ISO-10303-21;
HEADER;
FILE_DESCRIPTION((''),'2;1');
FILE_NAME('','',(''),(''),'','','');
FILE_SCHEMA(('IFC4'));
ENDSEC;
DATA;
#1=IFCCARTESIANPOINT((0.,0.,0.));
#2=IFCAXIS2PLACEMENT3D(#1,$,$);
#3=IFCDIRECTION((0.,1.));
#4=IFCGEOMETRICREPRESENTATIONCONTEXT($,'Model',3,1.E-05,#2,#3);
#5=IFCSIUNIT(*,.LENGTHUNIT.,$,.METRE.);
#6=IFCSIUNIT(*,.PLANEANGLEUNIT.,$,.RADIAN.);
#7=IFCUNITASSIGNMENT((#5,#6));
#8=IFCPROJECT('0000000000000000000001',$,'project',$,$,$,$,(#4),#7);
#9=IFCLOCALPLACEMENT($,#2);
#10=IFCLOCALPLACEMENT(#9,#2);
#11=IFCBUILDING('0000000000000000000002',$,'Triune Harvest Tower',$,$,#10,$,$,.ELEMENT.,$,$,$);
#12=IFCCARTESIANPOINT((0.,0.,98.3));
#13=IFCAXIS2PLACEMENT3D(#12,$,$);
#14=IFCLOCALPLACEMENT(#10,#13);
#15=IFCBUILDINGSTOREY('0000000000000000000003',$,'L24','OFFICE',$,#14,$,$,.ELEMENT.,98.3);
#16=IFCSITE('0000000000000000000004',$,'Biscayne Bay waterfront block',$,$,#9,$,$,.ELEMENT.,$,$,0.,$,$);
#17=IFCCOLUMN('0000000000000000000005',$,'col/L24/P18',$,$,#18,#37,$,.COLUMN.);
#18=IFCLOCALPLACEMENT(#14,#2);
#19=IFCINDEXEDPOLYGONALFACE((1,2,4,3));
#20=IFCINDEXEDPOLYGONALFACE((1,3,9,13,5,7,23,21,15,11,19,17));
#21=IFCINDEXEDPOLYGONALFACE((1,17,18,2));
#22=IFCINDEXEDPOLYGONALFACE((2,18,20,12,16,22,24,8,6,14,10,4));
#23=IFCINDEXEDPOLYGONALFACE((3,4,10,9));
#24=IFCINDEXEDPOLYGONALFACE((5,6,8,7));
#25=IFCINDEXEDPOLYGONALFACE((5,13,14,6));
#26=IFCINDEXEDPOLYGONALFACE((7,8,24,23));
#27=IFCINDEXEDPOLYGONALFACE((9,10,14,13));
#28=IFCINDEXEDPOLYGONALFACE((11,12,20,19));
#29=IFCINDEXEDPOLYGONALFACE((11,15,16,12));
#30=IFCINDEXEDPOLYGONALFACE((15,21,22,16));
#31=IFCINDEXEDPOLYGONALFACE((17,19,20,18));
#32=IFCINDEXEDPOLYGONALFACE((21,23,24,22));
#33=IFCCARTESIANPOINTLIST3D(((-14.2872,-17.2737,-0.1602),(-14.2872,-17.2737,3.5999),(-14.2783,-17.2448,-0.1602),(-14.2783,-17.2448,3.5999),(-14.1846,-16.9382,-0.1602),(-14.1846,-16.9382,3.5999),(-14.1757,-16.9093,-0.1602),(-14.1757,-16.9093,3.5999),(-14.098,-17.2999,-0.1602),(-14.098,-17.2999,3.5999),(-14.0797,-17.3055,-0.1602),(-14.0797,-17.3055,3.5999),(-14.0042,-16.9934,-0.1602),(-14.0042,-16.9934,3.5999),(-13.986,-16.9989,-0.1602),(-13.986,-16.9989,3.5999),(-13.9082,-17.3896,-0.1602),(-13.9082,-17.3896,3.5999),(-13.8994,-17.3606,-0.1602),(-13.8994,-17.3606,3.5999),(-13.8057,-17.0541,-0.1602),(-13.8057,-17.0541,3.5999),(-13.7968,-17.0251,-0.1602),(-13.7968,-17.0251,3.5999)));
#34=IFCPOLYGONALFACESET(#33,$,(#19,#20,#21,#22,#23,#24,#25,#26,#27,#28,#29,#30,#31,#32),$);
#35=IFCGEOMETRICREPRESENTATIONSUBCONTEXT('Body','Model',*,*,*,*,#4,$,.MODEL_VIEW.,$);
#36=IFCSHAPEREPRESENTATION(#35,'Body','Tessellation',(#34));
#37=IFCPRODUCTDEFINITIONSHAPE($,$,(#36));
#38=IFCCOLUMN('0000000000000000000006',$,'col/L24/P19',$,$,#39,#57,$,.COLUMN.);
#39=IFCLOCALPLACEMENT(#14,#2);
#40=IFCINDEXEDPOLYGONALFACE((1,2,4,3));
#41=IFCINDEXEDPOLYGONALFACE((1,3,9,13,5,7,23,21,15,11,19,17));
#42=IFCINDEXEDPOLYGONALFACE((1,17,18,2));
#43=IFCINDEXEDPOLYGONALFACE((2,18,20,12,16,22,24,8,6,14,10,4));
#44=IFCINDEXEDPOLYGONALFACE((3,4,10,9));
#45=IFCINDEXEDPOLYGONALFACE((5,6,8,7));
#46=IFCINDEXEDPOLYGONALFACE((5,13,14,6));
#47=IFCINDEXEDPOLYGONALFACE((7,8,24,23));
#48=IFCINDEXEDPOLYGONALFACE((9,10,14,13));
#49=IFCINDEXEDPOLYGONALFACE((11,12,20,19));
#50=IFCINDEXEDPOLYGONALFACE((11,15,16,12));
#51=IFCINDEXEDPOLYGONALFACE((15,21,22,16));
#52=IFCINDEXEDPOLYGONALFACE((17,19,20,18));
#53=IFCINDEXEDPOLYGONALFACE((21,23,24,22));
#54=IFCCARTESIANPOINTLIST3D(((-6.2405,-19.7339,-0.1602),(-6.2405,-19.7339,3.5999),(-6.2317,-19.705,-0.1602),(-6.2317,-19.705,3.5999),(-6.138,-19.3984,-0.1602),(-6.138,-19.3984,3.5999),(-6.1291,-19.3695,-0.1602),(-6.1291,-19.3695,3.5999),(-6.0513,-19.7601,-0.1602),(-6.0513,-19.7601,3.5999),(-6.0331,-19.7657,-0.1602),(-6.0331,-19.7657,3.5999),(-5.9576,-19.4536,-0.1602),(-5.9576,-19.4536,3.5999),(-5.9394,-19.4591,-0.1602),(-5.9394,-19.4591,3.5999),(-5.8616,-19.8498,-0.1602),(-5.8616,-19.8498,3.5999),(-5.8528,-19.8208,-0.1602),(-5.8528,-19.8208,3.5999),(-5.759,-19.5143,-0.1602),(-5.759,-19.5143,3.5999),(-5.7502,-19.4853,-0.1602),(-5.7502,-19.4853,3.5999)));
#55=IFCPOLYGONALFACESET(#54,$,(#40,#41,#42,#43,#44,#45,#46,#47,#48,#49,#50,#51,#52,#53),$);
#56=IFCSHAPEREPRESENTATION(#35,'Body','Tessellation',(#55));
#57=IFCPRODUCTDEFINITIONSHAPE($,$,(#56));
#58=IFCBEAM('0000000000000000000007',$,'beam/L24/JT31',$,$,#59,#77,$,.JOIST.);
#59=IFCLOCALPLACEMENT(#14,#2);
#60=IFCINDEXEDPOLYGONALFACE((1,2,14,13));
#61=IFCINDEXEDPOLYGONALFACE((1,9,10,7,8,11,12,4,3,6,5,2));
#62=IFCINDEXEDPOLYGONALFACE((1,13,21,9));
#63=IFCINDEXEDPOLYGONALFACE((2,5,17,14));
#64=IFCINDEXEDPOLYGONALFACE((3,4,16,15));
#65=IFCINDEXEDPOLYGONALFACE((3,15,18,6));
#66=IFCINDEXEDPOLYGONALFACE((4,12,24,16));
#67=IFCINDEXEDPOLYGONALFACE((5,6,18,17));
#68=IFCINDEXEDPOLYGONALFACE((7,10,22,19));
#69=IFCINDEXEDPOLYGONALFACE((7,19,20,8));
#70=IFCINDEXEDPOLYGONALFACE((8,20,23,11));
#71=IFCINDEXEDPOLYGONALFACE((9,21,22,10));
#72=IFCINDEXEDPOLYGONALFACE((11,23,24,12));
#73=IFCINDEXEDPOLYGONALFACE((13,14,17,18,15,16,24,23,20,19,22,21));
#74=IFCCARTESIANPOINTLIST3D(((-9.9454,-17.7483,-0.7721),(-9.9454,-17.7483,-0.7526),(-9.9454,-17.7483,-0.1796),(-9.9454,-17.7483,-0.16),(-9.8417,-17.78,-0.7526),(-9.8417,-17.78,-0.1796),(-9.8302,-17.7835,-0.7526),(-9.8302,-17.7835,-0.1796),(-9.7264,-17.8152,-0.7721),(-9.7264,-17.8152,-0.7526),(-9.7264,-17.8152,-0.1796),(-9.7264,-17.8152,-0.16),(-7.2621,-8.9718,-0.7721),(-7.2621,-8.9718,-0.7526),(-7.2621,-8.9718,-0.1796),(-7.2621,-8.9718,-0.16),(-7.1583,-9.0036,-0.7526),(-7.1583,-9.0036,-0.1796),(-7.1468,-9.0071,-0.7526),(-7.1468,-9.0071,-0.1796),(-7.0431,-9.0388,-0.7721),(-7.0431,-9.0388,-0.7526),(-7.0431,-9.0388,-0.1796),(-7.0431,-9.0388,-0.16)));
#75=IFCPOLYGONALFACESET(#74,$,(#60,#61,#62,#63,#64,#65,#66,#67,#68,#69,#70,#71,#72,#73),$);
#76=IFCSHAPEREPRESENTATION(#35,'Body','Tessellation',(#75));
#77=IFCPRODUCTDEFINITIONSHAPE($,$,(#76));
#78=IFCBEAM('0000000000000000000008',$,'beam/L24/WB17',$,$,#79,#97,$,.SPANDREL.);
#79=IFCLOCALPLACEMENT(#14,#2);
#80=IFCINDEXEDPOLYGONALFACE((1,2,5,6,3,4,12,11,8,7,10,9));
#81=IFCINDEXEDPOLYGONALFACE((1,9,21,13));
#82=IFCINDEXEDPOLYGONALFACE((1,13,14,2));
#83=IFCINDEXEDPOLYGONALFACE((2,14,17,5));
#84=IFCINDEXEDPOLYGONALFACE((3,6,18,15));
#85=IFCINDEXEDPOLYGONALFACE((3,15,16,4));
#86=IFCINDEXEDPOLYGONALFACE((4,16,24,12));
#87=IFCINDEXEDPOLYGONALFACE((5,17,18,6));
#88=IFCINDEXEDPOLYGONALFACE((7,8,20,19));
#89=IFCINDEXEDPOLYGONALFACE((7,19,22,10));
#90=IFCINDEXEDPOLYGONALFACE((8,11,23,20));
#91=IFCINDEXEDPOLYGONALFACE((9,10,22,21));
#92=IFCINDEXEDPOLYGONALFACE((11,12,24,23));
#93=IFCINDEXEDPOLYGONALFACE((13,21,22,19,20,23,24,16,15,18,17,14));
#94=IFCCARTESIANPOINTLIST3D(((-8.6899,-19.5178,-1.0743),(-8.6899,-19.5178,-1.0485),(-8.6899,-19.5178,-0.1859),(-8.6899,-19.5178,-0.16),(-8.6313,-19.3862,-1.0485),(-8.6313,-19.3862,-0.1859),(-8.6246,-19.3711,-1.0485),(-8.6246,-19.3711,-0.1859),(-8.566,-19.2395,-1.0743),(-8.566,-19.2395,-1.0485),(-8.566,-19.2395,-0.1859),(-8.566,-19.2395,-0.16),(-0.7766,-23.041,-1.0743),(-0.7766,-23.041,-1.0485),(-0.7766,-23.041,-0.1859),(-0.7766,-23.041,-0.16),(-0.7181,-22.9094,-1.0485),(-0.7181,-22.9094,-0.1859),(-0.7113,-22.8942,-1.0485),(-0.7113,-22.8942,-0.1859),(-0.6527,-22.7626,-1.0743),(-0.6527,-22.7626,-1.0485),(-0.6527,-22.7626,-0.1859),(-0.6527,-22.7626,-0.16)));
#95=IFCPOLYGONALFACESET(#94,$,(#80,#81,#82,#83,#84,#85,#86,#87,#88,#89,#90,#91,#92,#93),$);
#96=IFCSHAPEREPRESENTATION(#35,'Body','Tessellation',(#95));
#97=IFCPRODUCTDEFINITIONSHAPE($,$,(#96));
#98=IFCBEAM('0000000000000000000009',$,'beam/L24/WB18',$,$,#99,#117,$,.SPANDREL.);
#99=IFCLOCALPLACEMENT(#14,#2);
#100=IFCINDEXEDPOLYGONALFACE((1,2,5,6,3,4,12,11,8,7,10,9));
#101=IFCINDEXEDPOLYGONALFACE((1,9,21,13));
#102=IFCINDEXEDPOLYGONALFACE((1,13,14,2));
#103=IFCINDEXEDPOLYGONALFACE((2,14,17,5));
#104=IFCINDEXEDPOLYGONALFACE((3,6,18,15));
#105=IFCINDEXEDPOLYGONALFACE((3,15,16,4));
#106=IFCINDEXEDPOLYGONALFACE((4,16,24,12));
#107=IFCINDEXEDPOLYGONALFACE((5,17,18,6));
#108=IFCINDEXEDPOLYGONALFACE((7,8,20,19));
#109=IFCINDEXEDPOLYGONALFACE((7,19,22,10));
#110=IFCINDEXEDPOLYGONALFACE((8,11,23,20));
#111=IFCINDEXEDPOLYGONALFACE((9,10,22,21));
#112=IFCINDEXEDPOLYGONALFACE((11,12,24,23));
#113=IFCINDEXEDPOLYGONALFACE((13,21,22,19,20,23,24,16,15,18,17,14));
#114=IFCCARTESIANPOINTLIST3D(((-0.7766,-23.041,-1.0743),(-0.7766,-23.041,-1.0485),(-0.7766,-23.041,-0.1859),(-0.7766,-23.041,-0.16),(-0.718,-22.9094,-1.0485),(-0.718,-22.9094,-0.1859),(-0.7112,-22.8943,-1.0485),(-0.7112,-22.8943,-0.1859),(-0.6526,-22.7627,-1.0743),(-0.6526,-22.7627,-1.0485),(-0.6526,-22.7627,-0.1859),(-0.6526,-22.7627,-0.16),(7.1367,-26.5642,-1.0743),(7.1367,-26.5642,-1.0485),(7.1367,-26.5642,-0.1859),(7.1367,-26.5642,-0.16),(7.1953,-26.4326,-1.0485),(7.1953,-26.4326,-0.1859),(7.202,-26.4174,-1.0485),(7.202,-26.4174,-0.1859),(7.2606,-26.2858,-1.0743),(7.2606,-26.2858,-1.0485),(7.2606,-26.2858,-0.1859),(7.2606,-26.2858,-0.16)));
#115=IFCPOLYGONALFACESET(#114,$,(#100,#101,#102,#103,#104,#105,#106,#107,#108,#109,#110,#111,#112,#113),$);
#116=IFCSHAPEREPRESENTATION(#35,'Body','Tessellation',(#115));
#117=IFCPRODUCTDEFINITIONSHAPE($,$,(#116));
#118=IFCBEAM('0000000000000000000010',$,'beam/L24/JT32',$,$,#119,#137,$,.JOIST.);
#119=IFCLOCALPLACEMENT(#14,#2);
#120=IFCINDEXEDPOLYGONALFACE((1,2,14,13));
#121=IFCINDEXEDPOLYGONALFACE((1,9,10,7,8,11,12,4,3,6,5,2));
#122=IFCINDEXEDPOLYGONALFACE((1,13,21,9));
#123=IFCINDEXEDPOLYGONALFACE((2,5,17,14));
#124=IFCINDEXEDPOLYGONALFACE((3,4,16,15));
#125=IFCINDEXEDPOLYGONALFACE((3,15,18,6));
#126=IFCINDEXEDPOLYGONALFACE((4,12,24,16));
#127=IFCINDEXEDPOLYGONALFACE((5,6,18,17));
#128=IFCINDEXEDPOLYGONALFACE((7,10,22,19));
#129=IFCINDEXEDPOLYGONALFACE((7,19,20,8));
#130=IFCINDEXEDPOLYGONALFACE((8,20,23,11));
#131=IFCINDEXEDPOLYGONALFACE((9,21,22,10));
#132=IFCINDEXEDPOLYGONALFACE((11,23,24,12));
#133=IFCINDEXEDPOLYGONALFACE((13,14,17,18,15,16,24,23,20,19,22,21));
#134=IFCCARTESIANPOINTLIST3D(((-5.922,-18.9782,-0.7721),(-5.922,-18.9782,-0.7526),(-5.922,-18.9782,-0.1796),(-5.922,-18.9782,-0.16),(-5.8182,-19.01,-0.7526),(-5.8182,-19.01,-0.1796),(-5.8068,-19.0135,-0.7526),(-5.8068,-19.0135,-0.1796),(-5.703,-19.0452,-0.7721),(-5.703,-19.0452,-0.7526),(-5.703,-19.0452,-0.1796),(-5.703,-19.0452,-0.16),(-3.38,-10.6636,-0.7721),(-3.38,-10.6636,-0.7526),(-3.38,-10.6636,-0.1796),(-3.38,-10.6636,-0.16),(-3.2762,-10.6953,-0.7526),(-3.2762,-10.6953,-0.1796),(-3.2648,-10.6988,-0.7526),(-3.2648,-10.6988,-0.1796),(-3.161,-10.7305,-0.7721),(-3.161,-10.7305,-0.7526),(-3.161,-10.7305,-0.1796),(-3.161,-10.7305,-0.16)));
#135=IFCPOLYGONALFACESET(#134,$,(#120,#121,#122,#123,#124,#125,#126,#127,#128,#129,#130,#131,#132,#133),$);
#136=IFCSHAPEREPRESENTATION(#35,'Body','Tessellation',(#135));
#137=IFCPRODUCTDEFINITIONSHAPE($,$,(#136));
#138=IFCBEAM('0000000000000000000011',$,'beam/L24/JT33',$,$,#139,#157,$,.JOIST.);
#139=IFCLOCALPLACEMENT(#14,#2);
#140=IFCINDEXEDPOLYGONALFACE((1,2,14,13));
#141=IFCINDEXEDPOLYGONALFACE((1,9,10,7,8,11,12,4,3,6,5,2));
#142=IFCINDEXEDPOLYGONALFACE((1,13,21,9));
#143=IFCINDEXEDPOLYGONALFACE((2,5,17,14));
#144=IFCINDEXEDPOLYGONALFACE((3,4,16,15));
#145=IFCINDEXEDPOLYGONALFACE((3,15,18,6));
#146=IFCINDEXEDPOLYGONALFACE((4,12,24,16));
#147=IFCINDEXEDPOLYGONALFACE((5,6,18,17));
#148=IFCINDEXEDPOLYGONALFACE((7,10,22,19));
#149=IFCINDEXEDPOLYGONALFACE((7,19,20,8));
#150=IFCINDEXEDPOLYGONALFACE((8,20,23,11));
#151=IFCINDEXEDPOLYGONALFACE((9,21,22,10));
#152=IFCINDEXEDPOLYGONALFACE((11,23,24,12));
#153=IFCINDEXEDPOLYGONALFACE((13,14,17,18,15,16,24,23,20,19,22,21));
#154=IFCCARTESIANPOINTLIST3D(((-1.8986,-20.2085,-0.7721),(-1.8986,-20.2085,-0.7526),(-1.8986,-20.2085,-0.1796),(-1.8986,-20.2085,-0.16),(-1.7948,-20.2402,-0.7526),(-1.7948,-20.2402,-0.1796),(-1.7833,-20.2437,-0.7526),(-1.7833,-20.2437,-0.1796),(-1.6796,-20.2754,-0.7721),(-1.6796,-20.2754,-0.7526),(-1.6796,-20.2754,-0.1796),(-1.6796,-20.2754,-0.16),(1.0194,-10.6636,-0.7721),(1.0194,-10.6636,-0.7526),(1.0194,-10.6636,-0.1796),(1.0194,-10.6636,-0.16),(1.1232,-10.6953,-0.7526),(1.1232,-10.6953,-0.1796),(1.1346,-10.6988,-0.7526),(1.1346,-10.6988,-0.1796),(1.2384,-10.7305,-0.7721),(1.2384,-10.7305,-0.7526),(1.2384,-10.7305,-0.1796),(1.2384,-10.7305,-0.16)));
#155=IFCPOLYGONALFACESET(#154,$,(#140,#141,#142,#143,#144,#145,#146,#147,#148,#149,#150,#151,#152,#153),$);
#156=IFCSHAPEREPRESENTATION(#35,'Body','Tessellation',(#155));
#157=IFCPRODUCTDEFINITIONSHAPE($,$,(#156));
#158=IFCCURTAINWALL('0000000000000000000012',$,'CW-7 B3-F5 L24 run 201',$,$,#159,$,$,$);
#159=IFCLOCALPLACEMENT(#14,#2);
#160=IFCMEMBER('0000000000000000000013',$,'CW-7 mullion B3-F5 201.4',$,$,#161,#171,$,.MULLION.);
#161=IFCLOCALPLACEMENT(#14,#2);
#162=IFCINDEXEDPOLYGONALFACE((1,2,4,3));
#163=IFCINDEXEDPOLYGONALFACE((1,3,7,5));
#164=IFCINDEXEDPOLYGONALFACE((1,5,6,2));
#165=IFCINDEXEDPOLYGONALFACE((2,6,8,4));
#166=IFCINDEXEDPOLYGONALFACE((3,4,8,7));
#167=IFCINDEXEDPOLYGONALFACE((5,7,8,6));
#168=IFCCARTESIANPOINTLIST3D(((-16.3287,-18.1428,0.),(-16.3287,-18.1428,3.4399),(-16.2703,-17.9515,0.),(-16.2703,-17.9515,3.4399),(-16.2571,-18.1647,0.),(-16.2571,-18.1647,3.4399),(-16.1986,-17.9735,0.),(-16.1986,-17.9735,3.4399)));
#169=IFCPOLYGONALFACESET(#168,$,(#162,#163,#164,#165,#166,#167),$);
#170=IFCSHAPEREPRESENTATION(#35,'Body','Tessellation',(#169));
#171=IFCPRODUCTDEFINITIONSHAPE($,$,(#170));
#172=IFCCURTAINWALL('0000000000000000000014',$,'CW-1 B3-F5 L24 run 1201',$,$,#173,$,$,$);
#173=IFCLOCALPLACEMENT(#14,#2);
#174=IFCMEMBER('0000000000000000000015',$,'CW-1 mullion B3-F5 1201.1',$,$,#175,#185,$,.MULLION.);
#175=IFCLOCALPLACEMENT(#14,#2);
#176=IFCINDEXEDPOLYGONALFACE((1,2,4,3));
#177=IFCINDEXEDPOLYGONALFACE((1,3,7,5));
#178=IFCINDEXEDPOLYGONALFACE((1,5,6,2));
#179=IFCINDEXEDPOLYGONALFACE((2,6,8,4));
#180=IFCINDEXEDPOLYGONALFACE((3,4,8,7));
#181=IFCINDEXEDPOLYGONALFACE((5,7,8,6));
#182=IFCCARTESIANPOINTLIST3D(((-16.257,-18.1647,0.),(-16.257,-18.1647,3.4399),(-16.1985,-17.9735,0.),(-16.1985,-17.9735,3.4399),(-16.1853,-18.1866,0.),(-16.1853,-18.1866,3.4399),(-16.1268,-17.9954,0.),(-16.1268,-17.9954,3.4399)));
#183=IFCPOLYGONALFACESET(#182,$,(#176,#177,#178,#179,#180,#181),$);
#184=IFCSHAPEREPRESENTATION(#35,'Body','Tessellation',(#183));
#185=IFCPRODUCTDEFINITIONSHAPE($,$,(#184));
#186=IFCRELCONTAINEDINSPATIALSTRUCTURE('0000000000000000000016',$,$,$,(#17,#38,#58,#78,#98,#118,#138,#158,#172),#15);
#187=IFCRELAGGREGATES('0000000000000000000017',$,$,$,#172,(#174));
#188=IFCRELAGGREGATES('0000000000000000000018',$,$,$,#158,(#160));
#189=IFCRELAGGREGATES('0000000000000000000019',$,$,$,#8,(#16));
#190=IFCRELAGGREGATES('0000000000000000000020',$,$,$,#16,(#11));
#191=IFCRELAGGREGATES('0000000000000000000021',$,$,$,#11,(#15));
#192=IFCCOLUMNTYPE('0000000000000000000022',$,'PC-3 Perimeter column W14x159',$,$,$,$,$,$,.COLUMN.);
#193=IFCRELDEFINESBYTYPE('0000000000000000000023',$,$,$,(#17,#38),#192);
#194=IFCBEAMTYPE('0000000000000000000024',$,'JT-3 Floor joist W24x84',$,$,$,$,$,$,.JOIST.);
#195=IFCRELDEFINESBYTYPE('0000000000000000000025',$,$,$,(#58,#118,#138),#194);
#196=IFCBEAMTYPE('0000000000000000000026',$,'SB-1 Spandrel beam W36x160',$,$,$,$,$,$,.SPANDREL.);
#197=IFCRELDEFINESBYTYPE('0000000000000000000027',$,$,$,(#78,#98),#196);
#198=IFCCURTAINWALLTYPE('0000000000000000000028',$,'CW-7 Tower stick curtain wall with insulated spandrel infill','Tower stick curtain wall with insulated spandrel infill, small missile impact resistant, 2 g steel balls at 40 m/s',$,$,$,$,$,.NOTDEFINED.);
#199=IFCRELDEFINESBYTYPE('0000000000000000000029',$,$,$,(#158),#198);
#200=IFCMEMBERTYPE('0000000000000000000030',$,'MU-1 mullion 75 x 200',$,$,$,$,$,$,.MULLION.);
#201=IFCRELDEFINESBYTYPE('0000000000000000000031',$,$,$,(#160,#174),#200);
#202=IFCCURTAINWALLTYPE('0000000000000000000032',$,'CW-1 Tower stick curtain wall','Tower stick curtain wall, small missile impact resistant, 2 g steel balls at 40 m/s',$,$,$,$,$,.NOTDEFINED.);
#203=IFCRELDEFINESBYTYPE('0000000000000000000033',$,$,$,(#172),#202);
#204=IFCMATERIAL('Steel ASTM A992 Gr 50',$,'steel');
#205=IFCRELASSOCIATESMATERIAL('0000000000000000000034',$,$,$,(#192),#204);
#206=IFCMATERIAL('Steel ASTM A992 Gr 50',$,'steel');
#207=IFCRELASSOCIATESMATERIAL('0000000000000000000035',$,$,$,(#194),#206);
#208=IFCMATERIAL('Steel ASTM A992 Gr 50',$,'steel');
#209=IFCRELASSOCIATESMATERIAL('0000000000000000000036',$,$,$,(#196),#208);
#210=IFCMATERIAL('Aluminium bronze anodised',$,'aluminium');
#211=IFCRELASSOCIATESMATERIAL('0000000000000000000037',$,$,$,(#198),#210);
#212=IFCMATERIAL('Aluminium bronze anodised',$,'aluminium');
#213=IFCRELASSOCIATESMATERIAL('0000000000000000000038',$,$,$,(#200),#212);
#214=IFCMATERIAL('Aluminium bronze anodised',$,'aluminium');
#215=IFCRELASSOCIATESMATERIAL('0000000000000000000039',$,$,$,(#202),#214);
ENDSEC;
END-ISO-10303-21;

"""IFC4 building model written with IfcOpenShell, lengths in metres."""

from ifc_helpers import new_model, si_unit, direction, frame, origin, origin_2d, place, context, subcontext, project, spatial, rectangle, i_section, extrude, source, transform, mapped, material, material_profile, profile_set, type_object, element, aggregate, save


model = new_model("IFC4")

# Units and contexts
model_context = context("Model", 3, precision=1e-05, world=origin(), true_north=direction((0.0, 1.0)))
body_context = subcontext(model_context, "Body", "Model", "MODEL_VIEW")
ifc_project = project(units=[si_unit("LENGTHUNIT", "METRE"), si_unit("PLANEANGLEUNIT", "RADIAN")], contexts=[model_context])

# Site, building, storey
site_placement = place(None, origin())
site = spatial("IfcSite", under=ifc_project, at=site_placement, Name="Biscayne Bay waterfront block", CompositionType="ELEMENT", RefElevation=0.0)
building_placement = place(site_placement, origin())
building = spatial("IfcBuilding", under=site, at=building_placement, Name="Triune Harvest Tower", CompositionType="ELEMENT")
storey_placement = place(building_placement, frame((0.0, 0.0, 98.3)))
storey = spatial("IfcBuildingStorey", under=building, at=storey_placement, Name="L24", Description="OFFICE", CompositionType="ELEMENT", Elevation=98.3)

# Columns
ifc_material_1 = material(Name="Steel ASTM A992 Gr 50", Category="steel")
ifc_material_profile_1 = material_profile(ifc_material_1, i_section(OverallWidth=0.3962, OverallDepth=0.3811, WebThickness=0.019, FlangeThickness=0.0303, at=origin_2d()), Name="W14x159")
ifc_profile_set_1 = profile_set([ifc_material_profile_1], Name="Steel ASTM A992 Gr 50")
column_type = type_object("IfcColumnType", Name="PC-3 Perimeter column W14x159", PredefinedType="COLUMN", material=ifc_profile_set_1)
shared_shape_1 = source(origin(), body_context, "Body", "SweptSolid", [
    extrude(i_section(OverallWidth=0.3962, OverallDepth=0.3811, WebThickness=0.019, FlangeThickness=0.0303, at=origin_2d()), origin(), (0.0, 0.0, 1.0), 3.76),
])
for number, where, z_axis, x_axis, name in (
    (1, (-14.042, -17.1494, -0.1602), (0.0, 0.0, 1.0), (0.956305, -0.292372, 0.0), "col/L24/P18"),
    (2, (-5.9954, -19.6096, -0.1602), (0.0, 0.0, 1.0), (0.956305, -0.292372, 0.0), "col/L24/P19"),
):
    element("IfcColumn", number, at=place(storey_placement, frame(where, z_axis=z_axis, x_axis=x_axis)), inside=storey, type_object=column_type, Name=name, PredefinedType="COLUMN", context=body_context, shape_type="MappedRepresentation", body=[
        mapped(shared_shape_1, transform((0.0, 0.0, 0.0), scale=1.0)),
    ])

# Beams
ifc_material_2 = material(Name="Steel ASTM A992 Gr 50", Category="steel")
ifc_material_profile_2 = material_profile(ifc_material_2, i_section(OverallWidth=0.229, OverallDepth=0.6121, WebThickness=0.012, FlangeThickness=0.0195, at=origin_2d()), Name="W24x84")
ifc_profile_set_2 = profile_set([ifc_material_profile_2], Name="Steel ASTM A992 Gr 50")
beam_type_1 = type_object("IfcBeamType", Name="JT-3 Floor joist W24x84", PredefinedType="JOIST", material=ifc_profile_set_2)
beam_1_placement = place(storey_placement, frame((-9.8359, -17.7817, -0.4661), z_axis=(0.292386, 0.9563, 0.0), x_axis=(-0.9563, 0.292386, 0.0)))
element("IfcBeam", 3, at=beam_1_placement, inside=storey, type_object=beam_type_1, Name="beam/L24/JT31", PredefinedType="JOIST", context=body_context, shape_type="SweptSolid", body=[
    extrude(i_section(OverallWidth=0.229, OverallDepth=0.6121, WebThickness=0.012, FlangeThickness=0.0195, at=origin_2d()), origin(), (0.0, 0.0, 1.0), 9.1775),
])
ifc_material_3 = material(Name="Steel ASTM A992 Gr 50", Category="steel")
ifc_material_profile_3 = material_profile(ifc_material_3, i_section(OverallWidth=0.3047, OverallDepth=0.9143, WebThickness=0.0166, FlangeThickness=0.0259, at=origin_2d()), Name="W36x160")
ifc_profile_set_3 = profile_set([ifc_material_profile_3], Name="Steel ASTM A992 Gr 50")
beam_type_2 = type_object("IfcBeamType", Name="SB-1 Spandrel beam W36x160", PredefinedType="SPANDREL", material=ifc_profile_set_3)
shared_shape_2 = source(origin(), body_context, "Body", "SweptSolid", [
    extrude(i_section(OverallWidth=0.3047, OverallDepth=0.9143, WebThickness=0.0166, FlangeThickness=0.0259, at=origin_2d()), origin(), (0.0, 0.0, 1.0), 8.6621),
])
for number, where, z_axis, x_axis, name in (
    (4, (-8.6279, -19.3787, -0.6172), (0.913548, -0.406732, 0.0), (0.406732, 0.913548, 0.0), "beam/L24/WB17"),
    (5, (-0.7146, -22.9019, -0.6172), (0.913548, -0.406732, 0.0), (0.406732, 0.913548, 0.0), "beam/L24/WB18"),
):
    element("IfcBeam", number, at=place(storey_placement, frame(where, z_axis=z_axis, x_axis=x_axis)), inside=storey, type_object=beam_type_2, Name=name, PredefinedType="SPANDREL", context=body_context, shape_type="MappedRepresentation", body=[
        mapped(shared_shape_2, transform((0.0, 0.0, 0.0), scale=1.0)),
    ])
shared_shape_3 = source(origin(), body_context, "Body", "SweptSolid", [
    extrude(i_section(OverallWidth=0.229, OverallDepth=0.6121, WebThickness=0.012, FlangeThickness=0.0195, at=origin_2d()), origin(), (0.0, 0.0, 1.0), 8.6946),
])
beam_2_placement = place(storey_placement, frame((-5.8125, -19.0117, -0.4661), z_axis=(0.292365, 0.956307, 0.0), x_axis=(-0.956307, 0.292365, 0.0)))
element("IfcBeam", 6, at=beam_2_placement, inside=storey, type_object=beam_type_1, Name="beam/L24/JT32", PredefinedType="JOIST", context=body_context, shape_type="MappedRepresentation", body=[
    mapped(shared_shape_3, transform((0.0, 0.0, 0.0), scale=1.0)),
])
shared_shape_4 = source(origin(), body_context, "Body", "SweptSolid", [
    extrude(i_section(OverallWidth=0.229, OverallDepth=0.6121, WebThickness=0.012, FlangeThickness=0.0195, at=origin_2d()), origin(), (0.0, 0.0, 1.0), 9.981),
])
beam_3_placement = place(storey_placement, frame((-1.7891, -20.2419, -0.4661), z_axis=(0.292353, 0.956311, 0.0), x_axis=(-0.956311, 0.292353, 0.0)))
element("IfcBeam", 7, at=beam_3_placement, inside=storey, type_object=beam_type_1, Name="beam/L24/JT33", PredefinedType="JOIST", context=body_context, shape_type="MappedRepresentation", body=[
    mapped(shared_shape_4, transform((0.0, 0.0, 0.0), scale=1.0)),
])

# Curtain wall, member
ifc_material_4 = material(Name="Aluminium bronze anodised", Category="aluminium")
curtain_wall_type_1 = type_object("IfcCurtainWallType", Name="CW-7 Tower stick curtain wall with insulated spandrel infill", Description="Tower stick curtain wall with insulated spandrel infill, small missile impact resistant, 2 g steel balls at 40 m/s", PredefinedType="NOTDEFINED", material=ifc_material_4)
curtain_wall_1_placement = place(storey_placement, origin())
curtain_wall_1 = element("IfcCurtainWall", 8, at=curtain_wall_1_placement, inside=storey, type_object=curtain_wall_type_1, Name="CW-7 B3-F5 L24 run 201")
ifc_material_5 = material(Name="Aluminium bronze anodised", Category="aluminium")
ifc_material_profile_4 = material_profile(ifc_material_5, rectangle(XDim=0.2, YDim=0.075, at=origin_2d()), Name="MU-1 mullion 75 x 200")
ifc_profile_set_4 = profile_set([ifc_material_profile_4], Name="Aluminium bronze anodised")
member_type_1 = type_object("IfcMemberType", Name="MU-1 mullion 75 x 200", PredefinedType="MULLION", material=ifc_profile_set_4)
shared_shape_5 = source(origin(), body_context, "Body", "SweptSolid", [
    extrude(rectangle(XDim=0.2, YDim=0.075, at=origin_2d()), origin(), (0.0, 0.0, 1.0), 3.4399),
])
member_1_placement = place(storey_placement, frame((-16.2637, -18.0581, 0.0), z_axis=(0.0, 0.0, 1.0), x_axis=(0.292371, 0.956305, 0.0)))
member_1 = element("IfcMember", 9, at=member_1_placement, type_object=member_type_1, Name="CW-7 mullion B3-F5 201.4", PredefinedType="MULLION", context=body_context, shape_type="MappedRepresentation", body=[
    mapped(shared_shape_5, transform((0.0, 0.0, 0.0), scale=1.0)),
])

# Curtain wall, member
ifc_material_6 = material(Name="Aluminium bronze anodised", Category="aluminium")
curtain_wall_type_2 = type_object("IfcCurtainWallType", Name="CW-1 Tower stick curtain wall", Description="Tower stick curtain wall, small missile impact resistant, 2 g steel balls at 40 m/s", PredefinedType="NOTDEFINED", material=ifc_material_6)
curtain_wall_2_placement = place(storey_placement, origin())
curtain_wall_2 = element("IfcCurtainWall", 10, at=curtain_wall_2_placement, inside=storey, type_object=curtain_wall_type_2, Name="CW-1 B3-F5 L24 run 1201")
member_2_placement = place(storey_placement, frame((-16.1919, -18.0801, 0.0), z_axis=(0.0, 0.0, 1.0), x_axis=(0.292379, 0.956302, 0.0)))
member_2 = element("IfcMember", 11, at=member_2_placement, type_object=member_type_1, Name="CW-1 mullion B3-F5 1201.1", PredefinedType="MULLION", context=body_context, shape_type="MappedRepresentation", body=[
    mapped(shared_shape_5, transform((0.0, 0.0, 0.0), scale=1.0)),
])
aggregate(curtain_wall_2, [member_2])

aggregate(curtain_wall_1, [member_1])

save(model, "model.ifc")
